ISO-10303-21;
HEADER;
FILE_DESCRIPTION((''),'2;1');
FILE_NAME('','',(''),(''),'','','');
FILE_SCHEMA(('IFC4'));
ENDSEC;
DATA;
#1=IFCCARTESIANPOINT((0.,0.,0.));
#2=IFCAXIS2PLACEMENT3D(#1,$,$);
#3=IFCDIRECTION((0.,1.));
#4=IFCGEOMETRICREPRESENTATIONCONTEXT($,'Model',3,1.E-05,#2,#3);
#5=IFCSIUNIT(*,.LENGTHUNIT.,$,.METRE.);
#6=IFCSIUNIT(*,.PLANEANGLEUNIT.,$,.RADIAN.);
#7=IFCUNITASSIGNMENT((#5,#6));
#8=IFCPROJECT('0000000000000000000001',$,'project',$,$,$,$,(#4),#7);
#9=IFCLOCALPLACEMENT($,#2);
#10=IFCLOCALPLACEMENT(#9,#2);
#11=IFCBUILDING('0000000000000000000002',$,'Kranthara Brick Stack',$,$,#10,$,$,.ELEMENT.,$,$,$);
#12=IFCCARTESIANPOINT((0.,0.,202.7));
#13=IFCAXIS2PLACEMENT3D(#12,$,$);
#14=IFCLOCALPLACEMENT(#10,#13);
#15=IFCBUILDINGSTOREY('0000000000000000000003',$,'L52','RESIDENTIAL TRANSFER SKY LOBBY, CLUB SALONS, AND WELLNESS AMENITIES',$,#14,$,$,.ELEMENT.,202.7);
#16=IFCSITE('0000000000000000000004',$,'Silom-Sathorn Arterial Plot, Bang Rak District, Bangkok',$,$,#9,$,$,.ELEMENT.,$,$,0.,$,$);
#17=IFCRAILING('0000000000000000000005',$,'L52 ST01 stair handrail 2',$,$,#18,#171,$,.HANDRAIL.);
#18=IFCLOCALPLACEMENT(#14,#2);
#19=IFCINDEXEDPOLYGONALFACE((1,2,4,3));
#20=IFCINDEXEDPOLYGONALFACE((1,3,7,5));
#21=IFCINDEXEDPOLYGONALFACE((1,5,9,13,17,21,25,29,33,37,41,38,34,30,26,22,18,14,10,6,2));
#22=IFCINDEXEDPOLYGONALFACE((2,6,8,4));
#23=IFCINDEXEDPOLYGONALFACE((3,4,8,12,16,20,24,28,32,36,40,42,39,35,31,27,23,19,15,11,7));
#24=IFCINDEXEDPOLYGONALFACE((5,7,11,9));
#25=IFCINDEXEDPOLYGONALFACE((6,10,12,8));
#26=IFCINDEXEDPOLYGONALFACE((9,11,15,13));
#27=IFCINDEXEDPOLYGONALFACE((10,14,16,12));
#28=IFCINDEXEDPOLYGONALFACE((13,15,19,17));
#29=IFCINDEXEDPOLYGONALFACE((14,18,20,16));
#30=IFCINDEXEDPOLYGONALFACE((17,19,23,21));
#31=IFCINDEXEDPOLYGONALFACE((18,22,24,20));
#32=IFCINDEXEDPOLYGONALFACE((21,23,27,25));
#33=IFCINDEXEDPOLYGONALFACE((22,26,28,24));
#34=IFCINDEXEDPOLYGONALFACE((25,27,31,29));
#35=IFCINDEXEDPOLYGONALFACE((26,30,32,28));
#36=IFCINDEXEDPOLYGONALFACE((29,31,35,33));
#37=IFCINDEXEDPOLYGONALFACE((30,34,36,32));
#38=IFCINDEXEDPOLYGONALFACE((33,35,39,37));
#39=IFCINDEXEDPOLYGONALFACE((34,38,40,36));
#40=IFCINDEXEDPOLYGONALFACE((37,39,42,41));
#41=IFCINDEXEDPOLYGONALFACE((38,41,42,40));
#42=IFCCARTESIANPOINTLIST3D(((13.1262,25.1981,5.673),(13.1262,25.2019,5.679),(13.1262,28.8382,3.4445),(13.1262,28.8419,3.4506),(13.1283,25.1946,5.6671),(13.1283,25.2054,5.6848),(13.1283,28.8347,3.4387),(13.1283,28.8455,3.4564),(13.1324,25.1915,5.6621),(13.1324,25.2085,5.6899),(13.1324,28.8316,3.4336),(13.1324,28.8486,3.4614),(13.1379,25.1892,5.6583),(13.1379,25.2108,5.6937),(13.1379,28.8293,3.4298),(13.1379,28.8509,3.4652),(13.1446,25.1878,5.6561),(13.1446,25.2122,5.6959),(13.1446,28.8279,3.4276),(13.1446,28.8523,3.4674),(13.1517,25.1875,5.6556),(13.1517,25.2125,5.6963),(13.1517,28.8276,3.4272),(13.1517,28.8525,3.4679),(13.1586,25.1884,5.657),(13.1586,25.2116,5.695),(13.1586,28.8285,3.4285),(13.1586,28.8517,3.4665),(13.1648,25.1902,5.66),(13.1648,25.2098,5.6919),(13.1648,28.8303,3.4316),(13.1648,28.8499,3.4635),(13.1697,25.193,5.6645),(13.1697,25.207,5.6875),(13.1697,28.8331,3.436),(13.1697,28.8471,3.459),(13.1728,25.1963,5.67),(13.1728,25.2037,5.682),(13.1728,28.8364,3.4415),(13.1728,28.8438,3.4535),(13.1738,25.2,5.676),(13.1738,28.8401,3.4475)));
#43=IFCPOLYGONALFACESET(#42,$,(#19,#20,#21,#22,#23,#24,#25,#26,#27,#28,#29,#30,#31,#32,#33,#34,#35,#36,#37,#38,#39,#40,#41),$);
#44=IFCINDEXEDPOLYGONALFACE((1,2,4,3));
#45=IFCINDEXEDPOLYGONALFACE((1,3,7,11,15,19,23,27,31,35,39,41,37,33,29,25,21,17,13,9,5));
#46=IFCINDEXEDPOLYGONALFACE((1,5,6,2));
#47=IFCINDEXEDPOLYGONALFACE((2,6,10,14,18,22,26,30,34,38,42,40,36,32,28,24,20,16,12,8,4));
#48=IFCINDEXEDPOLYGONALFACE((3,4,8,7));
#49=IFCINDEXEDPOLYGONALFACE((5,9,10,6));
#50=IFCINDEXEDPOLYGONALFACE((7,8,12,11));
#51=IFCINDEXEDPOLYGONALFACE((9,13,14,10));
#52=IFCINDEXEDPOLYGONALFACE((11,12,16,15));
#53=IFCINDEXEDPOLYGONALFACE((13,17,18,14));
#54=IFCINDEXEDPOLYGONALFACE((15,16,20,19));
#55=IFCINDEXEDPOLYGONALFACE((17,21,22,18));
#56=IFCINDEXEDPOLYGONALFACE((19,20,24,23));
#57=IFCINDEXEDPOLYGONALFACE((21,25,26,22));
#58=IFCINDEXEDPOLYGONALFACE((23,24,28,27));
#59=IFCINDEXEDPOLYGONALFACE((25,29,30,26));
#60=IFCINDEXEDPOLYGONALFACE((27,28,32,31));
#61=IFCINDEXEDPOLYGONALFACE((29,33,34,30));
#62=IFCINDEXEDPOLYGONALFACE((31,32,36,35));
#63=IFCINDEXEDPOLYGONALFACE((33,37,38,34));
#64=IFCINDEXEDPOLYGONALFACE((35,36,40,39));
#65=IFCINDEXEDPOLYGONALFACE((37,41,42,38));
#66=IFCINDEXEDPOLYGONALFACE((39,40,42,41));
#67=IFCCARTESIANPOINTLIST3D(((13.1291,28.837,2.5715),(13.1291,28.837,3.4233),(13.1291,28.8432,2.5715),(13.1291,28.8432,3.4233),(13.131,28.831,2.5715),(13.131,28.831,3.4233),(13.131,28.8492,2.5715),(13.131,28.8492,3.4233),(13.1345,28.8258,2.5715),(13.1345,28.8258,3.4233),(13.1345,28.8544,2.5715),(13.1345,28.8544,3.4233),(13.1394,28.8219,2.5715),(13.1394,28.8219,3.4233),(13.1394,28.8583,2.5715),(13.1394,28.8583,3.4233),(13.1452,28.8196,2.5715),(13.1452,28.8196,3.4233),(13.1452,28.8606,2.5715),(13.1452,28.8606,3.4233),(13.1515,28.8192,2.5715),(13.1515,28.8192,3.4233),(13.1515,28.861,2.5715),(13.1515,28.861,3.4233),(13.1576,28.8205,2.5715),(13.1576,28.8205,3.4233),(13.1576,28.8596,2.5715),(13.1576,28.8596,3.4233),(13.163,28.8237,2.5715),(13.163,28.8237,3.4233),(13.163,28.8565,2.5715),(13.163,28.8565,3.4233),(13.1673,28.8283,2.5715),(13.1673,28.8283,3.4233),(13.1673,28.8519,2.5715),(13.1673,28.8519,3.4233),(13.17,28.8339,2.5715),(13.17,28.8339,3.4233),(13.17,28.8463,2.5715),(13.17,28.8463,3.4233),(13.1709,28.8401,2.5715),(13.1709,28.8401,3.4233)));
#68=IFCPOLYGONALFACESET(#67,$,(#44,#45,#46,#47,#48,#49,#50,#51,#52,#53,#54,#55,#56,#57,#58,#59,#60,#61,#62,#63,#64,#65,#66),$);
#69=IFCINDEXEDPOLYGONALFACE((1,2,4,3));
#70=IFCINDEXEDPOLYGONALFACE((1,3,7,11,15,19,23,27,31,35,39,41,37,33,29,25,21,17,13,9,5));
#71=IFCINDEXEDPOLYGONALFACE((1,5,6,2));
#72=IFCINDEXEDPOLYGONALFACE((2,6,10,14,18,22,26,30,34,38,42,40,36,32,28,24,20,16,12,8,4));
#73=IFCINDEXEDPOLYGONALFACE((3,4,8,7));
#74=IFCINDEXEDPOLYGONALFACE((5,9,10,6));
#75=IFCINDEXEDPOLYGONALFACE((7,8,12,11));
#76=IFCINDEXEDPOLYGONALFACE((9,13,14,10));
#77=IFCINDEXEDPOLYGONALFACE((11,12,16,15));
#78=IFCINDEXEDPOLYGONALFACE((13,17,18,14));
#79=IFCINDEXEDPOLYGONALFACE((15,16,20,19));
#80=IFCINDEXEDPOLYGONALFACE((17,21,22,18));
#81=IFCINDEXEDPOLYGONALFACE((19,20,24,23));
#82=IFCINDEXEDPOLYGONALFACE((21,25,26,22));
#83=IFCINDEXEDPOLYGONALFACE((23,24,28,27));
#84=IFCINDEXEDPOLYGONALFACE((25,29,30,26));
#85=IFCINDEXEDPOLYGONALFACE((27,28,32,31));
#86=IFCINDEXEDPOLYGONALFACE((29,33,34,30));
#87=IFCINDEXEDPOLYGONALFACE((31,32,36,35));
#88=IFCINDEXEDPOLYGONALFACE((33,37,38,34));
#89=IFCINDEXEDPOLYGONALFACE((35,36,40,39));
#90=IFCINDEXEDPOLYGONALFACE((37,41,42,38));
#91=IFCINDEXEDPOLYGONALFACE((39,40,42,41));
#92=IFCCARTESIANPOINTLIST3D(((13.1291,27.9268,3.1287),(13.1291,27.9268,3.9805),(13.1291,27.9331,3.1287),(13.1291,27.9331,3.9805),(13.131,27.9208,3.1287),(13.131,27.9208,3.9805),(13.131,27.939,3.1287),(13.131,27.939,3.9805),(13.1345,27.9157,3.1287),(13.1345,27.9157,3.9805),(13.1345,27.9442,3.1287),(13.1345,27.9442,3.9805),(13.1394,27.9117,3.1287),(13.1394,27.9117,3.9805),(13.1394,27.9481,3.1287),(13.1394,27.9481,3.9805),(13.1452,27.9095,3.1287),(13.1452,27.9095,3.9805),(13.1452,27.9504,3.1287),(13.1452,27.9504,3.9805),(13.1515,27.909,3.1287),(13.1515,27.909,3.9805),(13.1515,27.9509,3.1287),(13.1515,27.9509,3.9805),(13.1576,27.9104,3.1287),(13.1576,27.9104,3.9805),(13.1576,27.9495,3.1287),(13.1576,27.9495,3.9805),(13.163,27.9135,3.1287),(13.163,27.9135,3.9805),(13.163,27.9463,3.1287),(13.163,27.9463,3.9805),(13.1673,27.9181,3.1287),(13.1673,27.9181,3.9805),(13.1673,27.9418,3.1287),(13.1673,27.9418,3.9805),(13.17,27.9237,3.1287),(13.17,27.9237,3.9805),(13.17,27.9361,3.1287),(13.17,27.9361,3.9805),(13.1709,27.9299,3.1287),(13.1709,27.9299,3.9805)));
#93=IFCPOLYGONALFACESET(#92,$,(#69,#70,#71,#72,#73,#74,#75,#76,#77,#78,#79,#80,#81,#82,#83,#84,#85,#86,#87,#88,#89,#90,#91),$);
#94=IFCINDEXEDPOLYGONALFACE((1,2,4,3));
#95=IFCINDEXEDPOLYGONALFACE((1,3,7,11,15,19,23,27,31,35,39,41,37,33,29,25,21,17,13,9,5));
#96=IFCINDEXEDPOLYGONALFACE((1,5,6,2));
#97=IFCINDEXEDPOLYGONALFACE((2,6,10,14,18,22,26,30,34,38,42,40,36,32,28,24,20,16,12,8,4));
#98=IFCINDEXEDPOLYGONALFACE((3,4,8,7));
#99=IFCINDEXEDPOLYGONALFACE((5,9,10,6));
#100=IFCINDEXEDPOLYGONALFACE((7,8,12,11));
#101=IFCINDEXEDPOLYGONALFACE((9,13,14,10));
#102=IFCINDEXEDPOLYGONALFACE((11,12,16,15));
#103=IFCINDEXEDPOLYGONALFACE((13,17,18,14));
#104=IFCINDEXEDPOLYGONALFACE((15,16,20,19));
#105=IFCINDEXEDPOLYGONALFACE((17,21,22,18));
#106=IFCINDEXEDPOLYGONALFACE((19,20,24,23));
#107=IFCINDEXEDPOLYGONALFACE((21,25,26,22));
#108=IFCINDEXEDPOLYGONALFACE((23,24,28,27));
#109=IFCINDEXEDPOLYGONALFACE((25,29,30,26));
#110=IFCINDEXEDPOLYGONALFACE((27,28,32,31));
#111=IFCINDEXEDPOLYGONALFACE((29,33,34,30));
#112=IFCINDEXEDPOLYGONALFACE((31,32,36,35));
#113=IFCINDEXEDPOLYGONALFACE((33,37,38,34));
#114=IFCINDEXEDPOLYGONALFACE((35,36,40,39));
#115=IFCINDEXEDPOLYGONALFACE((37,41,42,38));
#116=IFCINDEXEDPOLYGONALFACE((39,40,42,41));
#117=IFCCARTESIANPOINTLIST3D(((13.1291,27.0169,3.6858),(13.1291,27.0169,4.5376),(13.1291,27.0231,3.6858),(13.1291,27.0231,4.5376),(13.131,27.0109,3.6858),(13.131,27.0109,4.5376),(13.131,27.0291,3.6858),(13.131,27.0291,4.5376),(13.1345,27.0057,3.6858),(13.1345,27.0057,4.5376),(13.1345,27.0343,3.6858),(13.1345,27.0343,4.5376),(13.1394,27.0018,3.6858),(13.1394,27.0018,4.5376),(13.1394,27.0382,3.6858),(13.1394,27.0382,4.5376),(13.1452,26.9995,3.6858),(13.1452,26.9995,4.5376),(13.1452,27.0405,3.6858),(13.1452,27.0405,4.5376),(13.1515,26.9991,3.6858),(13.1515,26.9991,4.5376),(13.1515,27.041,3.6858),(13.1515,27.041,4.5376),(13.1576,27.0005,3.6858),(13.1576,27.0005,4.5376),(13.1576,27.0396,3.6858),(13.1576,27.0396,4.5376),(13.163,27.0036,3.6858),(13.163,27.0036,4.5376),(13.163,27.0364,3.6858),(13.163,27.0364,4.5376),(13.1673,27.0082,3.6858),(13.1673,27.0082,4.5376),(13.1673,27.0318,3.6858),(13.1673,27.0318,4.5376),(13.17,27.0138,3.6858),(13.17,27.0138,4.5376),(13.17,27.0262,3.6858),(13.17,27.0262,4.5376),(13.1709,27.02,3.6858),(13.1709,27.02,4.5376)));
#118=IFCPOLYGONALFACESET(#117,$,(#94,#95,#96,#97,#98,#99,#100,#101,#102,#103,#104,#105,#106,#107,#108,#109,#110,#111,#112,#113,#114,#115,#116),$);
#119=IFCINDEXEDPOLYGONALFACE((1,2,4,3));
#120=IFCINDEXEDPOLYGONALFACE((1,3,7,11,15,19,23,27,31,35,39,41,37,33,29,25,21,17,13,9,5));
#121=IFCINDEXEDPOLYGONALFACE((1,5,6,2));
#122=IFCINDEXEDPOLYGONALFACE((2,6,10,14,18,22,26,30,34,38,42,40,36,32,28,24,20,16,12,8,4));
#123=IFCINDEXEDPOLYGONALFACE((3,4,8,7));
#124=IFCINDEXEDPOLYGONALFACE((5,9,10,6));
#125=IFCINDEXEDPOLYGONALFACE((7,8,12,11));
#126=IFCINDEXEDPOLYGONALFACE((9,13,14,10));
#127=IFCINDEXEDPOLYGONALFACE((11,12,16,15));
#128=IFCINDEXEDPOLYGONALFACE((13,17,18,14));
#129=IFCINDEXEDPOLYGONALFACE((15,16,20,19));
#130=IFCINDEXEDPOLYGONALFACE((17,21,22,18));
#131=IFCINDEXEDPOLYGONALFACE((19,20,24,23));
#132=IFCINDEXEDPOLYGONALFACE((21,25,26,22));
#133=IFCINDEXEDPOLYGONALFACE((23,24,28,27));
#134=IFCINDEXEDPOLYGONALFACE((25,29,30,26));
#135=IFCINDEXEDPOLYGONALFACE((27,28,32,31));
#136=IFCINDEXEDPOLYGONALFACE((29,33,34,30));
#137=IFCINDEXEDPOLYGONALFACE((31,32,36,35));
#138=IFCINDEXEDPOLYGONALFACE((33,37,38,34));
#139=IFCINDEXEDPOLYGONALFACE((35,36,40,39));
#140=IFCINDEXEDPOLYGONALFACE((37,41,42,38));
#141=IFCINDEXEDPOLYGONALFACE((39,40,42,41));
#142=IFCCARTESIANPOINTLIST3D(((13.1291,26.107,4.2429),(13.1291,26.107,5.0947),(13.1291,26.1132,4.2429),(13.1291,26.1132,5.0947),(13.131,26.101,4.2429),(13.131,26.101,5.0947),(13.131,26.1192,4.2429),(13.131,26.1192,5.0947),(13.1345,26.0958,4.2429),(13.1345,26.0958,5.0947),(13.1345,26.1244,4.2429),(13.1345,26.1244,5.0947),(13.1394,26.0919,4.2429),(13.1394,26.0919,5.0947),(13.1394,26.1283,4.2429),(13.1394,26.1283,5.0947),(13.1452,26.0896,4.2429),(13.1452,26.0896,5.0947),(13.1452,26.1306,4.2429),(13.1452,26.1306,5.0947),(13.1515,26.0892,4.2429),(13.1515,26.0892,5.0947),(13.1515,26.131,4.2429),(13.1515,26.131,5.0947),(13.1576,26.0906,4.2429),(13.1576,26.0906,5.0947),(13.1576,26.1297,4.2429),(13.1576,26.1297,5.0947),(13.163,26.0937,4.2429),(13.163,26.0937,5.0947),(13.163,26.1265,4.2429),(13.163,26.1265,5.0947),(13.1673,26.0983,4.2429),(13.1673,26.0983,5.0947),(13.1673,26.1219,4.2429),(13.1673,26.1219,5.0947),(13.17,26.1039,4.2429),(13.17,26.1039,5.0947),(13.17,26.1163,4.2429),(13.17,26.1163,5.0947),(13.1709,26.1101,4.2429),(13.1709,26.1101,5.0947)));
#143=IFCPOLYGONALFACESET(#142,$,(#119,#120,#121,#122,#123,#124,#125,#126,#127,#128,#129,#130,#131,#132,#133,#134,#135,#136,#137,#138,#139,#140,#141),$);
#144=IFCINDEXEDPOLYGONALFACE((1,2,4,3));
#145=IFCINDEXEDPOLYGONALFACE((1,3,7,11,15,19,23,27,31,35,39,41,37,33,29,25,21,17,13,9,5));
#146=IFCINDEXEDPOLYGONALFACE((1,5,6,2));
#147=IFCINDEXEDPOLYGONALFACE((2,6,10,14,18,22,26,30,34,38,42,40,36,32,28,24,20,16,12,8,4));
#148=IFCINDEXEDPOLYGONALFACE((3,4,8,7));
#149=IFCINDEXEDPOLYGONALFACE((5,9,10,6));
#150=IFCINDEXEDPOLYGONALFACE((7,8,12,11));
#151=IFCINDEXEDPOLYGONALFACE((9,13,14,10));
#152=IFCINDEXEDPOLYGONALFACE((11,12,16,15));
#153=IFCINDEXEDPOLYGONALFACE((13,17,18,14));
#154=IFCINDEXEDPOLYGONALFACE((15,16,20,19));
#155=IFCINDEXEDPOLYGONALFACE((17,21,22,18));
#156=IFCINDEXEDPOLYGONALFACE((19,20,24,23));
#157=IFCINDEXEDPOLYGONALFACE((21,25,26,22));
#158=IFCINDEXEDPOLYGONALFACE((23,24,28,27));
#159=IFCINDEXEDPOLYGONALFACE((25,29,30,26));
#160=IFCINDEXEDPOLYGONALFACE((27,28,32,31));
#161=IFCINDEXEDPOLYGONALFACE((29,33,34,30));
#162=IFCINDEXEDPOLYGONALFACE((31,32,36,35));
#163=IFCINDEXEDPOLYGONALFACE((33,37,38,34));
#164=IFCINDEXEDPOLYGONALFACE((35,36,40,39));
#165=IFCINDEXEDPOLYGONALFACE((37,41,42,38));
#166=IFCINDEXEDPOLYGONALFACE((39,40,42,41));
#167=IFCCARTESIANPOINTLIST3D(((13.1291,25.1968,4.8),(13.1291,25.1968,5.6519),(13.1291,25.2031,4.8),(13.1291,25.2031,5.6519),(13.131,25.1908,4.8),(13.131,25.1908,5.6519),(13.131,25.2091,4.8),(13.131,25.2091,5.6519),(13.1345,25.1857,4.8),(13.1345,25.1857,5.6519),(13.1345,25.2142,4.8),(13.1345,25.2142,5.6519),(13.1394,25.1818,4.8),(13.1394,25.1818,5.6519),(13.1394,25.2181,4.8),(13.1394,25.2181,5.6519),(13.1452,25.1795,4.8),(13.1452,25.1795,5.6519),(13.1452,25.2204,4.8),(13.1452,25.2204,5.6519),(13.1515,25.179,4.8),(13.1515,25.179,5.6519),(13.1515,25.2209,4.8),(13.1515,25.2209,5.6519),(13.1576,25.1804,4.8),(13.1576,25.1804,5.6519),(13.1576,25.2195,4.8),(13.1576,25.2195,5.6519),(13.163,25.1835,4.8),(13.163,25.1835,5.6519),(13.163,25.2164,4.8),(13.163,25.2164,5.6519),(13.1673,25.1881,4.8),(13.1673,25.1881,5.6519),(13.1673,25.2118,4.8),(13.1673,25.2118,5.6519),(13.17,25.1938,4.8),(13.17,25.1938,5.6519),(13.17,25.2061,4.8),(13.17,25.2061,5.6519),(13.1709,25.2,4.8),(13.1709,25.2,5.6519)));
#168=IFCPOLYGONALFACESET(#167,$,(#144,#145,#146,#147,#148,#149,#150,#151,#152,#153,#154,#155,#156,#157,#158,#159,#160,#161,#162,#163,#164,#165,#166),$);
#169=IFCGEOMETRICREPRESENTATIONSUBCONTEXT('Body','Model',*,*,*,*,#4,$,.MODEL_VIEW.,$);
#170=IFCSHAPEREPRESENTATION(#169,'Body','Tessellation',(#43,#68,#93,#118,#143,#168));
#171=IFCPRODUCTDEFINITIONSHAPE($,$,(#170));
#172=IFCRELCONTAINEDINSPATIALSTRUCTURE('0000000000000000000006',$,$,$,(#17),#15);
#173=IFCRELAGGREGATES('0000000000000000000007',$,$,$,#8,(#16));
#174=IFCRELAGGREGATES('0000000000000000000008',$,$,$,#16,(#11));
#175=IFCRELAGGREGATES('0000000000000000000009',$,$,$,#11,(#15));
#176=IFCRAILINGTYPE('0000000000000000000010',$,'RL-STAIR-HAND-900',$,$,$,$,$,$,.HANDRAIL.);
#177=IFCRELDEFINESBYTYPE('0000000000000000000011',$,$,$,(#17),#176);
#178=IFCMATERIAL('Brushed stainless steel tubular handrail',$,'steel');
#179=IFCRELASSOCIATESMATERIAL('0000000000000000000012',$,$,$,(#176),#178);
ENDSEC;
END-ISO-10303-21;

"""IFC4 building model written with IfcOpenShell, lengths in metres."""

from ifc_helpers import new_model, si_unit, direction, frame, origin, origin_2d, place, context, subcontext, project, spatial, circle, extrude, material, type_object, element, save


model = new_model("IFC4")

# Units and contexts
model_context = context("Model", 3, precision=1e-05, world=origin(), true_north=direction((0.0, 1.0)))
body_context = subcontext(model_context, "Body", "Model", "MODEL_VIEW")
ifc_project = project(units=[si_unit("LENGTHUNIT", "METRE"), si_unit("PLANEANGLEUNIT", "RADIAN")], contexts=[model_context])

# Site, building, storey
site_placement = place(None, origin())
site = spatial("IfcSite", under=ifc_project, at=site_placement, Name="Silom-Sathorn Arterial Plot, Bang Rak District, Bangkok", CompositionType="ELEMENT", RefElevation=0.0)
building_placement = place(site_placement, origin())
building = spatial("IfcBuilding", under=site, at=building_placement, Name="Kranthara Brick Stack", CompositionType="ELEMENT")
storey_placement = place(building_placement, frame((0.0, 0.0, 202.7)))
storey = spatial("IfcBuildingStorey", under=building, at=storey_placement, Name="L52", Description="RESIDENTIAL TRANSFER SKY LOBBY, CLUB SALONS, AND WELLNESS AMENITIES", CompositionType="ELEMENT", Elevation=202.7)

# Railing
ifc_material_1 = material(Name="Brushed stainless steel tubular handrail", Category="steel")
railing_type_1 = type_object("IfcRailingType", Name="RL-STAIR-HAND-900", PredefinedType="HANDRAIL", material=ifc_material_1)
railing_1_placement = place(storey_placement, frame((13.1499, 28.8401, 2.5715)))
element("IfcRailing", 1, at=railing_1_placement, inside=storey, type_object=railing_type_1, Name="L52 ST01 stair handrail 2", PredefinedType="HANDRAIL", context=body_context, shape_type="SweptSolid", body=[
    extrude(circle(Radius=0.0239, at=origin_2d()), frame((0.0, 0.0, 0.876), z_axis=(0.0, -0.852866, 0.52213), x_axis=(1.0, 0.0, 0.0)), (0.0, 0.0, 1.0), 4.2681),
    extrude(circle(Radius=0.021, at=origin_2d()), origin(), (0.0, 0.0, 1.0), 0.8518),
    extrude(circle(Radius=0.021, at=origin_2d()), frame((0.0, -0.9102, 0.5571)), (0.0, 0.0, 1.0), 0.8518),
    extrude(circle(Radius=0.021, at=origin_2d()), frame((0.0, -1.8201, 1.1143)), (0.0, 0.0, 1.0), 0.8518),
    extrude(circle(Radius=0.021, at=origin_2d()), frame((0.0, -2.73, 1.6714)), (0.0, 0.0, 1.0), 0.8518),
    extrude(circle(Radius=0.021, at=origin_2d()), frame((0.0, -3.6401, 2.2285)), (0.0, 0.0, 1.0), 0.8518),
])

save(model, "model.ifc")
